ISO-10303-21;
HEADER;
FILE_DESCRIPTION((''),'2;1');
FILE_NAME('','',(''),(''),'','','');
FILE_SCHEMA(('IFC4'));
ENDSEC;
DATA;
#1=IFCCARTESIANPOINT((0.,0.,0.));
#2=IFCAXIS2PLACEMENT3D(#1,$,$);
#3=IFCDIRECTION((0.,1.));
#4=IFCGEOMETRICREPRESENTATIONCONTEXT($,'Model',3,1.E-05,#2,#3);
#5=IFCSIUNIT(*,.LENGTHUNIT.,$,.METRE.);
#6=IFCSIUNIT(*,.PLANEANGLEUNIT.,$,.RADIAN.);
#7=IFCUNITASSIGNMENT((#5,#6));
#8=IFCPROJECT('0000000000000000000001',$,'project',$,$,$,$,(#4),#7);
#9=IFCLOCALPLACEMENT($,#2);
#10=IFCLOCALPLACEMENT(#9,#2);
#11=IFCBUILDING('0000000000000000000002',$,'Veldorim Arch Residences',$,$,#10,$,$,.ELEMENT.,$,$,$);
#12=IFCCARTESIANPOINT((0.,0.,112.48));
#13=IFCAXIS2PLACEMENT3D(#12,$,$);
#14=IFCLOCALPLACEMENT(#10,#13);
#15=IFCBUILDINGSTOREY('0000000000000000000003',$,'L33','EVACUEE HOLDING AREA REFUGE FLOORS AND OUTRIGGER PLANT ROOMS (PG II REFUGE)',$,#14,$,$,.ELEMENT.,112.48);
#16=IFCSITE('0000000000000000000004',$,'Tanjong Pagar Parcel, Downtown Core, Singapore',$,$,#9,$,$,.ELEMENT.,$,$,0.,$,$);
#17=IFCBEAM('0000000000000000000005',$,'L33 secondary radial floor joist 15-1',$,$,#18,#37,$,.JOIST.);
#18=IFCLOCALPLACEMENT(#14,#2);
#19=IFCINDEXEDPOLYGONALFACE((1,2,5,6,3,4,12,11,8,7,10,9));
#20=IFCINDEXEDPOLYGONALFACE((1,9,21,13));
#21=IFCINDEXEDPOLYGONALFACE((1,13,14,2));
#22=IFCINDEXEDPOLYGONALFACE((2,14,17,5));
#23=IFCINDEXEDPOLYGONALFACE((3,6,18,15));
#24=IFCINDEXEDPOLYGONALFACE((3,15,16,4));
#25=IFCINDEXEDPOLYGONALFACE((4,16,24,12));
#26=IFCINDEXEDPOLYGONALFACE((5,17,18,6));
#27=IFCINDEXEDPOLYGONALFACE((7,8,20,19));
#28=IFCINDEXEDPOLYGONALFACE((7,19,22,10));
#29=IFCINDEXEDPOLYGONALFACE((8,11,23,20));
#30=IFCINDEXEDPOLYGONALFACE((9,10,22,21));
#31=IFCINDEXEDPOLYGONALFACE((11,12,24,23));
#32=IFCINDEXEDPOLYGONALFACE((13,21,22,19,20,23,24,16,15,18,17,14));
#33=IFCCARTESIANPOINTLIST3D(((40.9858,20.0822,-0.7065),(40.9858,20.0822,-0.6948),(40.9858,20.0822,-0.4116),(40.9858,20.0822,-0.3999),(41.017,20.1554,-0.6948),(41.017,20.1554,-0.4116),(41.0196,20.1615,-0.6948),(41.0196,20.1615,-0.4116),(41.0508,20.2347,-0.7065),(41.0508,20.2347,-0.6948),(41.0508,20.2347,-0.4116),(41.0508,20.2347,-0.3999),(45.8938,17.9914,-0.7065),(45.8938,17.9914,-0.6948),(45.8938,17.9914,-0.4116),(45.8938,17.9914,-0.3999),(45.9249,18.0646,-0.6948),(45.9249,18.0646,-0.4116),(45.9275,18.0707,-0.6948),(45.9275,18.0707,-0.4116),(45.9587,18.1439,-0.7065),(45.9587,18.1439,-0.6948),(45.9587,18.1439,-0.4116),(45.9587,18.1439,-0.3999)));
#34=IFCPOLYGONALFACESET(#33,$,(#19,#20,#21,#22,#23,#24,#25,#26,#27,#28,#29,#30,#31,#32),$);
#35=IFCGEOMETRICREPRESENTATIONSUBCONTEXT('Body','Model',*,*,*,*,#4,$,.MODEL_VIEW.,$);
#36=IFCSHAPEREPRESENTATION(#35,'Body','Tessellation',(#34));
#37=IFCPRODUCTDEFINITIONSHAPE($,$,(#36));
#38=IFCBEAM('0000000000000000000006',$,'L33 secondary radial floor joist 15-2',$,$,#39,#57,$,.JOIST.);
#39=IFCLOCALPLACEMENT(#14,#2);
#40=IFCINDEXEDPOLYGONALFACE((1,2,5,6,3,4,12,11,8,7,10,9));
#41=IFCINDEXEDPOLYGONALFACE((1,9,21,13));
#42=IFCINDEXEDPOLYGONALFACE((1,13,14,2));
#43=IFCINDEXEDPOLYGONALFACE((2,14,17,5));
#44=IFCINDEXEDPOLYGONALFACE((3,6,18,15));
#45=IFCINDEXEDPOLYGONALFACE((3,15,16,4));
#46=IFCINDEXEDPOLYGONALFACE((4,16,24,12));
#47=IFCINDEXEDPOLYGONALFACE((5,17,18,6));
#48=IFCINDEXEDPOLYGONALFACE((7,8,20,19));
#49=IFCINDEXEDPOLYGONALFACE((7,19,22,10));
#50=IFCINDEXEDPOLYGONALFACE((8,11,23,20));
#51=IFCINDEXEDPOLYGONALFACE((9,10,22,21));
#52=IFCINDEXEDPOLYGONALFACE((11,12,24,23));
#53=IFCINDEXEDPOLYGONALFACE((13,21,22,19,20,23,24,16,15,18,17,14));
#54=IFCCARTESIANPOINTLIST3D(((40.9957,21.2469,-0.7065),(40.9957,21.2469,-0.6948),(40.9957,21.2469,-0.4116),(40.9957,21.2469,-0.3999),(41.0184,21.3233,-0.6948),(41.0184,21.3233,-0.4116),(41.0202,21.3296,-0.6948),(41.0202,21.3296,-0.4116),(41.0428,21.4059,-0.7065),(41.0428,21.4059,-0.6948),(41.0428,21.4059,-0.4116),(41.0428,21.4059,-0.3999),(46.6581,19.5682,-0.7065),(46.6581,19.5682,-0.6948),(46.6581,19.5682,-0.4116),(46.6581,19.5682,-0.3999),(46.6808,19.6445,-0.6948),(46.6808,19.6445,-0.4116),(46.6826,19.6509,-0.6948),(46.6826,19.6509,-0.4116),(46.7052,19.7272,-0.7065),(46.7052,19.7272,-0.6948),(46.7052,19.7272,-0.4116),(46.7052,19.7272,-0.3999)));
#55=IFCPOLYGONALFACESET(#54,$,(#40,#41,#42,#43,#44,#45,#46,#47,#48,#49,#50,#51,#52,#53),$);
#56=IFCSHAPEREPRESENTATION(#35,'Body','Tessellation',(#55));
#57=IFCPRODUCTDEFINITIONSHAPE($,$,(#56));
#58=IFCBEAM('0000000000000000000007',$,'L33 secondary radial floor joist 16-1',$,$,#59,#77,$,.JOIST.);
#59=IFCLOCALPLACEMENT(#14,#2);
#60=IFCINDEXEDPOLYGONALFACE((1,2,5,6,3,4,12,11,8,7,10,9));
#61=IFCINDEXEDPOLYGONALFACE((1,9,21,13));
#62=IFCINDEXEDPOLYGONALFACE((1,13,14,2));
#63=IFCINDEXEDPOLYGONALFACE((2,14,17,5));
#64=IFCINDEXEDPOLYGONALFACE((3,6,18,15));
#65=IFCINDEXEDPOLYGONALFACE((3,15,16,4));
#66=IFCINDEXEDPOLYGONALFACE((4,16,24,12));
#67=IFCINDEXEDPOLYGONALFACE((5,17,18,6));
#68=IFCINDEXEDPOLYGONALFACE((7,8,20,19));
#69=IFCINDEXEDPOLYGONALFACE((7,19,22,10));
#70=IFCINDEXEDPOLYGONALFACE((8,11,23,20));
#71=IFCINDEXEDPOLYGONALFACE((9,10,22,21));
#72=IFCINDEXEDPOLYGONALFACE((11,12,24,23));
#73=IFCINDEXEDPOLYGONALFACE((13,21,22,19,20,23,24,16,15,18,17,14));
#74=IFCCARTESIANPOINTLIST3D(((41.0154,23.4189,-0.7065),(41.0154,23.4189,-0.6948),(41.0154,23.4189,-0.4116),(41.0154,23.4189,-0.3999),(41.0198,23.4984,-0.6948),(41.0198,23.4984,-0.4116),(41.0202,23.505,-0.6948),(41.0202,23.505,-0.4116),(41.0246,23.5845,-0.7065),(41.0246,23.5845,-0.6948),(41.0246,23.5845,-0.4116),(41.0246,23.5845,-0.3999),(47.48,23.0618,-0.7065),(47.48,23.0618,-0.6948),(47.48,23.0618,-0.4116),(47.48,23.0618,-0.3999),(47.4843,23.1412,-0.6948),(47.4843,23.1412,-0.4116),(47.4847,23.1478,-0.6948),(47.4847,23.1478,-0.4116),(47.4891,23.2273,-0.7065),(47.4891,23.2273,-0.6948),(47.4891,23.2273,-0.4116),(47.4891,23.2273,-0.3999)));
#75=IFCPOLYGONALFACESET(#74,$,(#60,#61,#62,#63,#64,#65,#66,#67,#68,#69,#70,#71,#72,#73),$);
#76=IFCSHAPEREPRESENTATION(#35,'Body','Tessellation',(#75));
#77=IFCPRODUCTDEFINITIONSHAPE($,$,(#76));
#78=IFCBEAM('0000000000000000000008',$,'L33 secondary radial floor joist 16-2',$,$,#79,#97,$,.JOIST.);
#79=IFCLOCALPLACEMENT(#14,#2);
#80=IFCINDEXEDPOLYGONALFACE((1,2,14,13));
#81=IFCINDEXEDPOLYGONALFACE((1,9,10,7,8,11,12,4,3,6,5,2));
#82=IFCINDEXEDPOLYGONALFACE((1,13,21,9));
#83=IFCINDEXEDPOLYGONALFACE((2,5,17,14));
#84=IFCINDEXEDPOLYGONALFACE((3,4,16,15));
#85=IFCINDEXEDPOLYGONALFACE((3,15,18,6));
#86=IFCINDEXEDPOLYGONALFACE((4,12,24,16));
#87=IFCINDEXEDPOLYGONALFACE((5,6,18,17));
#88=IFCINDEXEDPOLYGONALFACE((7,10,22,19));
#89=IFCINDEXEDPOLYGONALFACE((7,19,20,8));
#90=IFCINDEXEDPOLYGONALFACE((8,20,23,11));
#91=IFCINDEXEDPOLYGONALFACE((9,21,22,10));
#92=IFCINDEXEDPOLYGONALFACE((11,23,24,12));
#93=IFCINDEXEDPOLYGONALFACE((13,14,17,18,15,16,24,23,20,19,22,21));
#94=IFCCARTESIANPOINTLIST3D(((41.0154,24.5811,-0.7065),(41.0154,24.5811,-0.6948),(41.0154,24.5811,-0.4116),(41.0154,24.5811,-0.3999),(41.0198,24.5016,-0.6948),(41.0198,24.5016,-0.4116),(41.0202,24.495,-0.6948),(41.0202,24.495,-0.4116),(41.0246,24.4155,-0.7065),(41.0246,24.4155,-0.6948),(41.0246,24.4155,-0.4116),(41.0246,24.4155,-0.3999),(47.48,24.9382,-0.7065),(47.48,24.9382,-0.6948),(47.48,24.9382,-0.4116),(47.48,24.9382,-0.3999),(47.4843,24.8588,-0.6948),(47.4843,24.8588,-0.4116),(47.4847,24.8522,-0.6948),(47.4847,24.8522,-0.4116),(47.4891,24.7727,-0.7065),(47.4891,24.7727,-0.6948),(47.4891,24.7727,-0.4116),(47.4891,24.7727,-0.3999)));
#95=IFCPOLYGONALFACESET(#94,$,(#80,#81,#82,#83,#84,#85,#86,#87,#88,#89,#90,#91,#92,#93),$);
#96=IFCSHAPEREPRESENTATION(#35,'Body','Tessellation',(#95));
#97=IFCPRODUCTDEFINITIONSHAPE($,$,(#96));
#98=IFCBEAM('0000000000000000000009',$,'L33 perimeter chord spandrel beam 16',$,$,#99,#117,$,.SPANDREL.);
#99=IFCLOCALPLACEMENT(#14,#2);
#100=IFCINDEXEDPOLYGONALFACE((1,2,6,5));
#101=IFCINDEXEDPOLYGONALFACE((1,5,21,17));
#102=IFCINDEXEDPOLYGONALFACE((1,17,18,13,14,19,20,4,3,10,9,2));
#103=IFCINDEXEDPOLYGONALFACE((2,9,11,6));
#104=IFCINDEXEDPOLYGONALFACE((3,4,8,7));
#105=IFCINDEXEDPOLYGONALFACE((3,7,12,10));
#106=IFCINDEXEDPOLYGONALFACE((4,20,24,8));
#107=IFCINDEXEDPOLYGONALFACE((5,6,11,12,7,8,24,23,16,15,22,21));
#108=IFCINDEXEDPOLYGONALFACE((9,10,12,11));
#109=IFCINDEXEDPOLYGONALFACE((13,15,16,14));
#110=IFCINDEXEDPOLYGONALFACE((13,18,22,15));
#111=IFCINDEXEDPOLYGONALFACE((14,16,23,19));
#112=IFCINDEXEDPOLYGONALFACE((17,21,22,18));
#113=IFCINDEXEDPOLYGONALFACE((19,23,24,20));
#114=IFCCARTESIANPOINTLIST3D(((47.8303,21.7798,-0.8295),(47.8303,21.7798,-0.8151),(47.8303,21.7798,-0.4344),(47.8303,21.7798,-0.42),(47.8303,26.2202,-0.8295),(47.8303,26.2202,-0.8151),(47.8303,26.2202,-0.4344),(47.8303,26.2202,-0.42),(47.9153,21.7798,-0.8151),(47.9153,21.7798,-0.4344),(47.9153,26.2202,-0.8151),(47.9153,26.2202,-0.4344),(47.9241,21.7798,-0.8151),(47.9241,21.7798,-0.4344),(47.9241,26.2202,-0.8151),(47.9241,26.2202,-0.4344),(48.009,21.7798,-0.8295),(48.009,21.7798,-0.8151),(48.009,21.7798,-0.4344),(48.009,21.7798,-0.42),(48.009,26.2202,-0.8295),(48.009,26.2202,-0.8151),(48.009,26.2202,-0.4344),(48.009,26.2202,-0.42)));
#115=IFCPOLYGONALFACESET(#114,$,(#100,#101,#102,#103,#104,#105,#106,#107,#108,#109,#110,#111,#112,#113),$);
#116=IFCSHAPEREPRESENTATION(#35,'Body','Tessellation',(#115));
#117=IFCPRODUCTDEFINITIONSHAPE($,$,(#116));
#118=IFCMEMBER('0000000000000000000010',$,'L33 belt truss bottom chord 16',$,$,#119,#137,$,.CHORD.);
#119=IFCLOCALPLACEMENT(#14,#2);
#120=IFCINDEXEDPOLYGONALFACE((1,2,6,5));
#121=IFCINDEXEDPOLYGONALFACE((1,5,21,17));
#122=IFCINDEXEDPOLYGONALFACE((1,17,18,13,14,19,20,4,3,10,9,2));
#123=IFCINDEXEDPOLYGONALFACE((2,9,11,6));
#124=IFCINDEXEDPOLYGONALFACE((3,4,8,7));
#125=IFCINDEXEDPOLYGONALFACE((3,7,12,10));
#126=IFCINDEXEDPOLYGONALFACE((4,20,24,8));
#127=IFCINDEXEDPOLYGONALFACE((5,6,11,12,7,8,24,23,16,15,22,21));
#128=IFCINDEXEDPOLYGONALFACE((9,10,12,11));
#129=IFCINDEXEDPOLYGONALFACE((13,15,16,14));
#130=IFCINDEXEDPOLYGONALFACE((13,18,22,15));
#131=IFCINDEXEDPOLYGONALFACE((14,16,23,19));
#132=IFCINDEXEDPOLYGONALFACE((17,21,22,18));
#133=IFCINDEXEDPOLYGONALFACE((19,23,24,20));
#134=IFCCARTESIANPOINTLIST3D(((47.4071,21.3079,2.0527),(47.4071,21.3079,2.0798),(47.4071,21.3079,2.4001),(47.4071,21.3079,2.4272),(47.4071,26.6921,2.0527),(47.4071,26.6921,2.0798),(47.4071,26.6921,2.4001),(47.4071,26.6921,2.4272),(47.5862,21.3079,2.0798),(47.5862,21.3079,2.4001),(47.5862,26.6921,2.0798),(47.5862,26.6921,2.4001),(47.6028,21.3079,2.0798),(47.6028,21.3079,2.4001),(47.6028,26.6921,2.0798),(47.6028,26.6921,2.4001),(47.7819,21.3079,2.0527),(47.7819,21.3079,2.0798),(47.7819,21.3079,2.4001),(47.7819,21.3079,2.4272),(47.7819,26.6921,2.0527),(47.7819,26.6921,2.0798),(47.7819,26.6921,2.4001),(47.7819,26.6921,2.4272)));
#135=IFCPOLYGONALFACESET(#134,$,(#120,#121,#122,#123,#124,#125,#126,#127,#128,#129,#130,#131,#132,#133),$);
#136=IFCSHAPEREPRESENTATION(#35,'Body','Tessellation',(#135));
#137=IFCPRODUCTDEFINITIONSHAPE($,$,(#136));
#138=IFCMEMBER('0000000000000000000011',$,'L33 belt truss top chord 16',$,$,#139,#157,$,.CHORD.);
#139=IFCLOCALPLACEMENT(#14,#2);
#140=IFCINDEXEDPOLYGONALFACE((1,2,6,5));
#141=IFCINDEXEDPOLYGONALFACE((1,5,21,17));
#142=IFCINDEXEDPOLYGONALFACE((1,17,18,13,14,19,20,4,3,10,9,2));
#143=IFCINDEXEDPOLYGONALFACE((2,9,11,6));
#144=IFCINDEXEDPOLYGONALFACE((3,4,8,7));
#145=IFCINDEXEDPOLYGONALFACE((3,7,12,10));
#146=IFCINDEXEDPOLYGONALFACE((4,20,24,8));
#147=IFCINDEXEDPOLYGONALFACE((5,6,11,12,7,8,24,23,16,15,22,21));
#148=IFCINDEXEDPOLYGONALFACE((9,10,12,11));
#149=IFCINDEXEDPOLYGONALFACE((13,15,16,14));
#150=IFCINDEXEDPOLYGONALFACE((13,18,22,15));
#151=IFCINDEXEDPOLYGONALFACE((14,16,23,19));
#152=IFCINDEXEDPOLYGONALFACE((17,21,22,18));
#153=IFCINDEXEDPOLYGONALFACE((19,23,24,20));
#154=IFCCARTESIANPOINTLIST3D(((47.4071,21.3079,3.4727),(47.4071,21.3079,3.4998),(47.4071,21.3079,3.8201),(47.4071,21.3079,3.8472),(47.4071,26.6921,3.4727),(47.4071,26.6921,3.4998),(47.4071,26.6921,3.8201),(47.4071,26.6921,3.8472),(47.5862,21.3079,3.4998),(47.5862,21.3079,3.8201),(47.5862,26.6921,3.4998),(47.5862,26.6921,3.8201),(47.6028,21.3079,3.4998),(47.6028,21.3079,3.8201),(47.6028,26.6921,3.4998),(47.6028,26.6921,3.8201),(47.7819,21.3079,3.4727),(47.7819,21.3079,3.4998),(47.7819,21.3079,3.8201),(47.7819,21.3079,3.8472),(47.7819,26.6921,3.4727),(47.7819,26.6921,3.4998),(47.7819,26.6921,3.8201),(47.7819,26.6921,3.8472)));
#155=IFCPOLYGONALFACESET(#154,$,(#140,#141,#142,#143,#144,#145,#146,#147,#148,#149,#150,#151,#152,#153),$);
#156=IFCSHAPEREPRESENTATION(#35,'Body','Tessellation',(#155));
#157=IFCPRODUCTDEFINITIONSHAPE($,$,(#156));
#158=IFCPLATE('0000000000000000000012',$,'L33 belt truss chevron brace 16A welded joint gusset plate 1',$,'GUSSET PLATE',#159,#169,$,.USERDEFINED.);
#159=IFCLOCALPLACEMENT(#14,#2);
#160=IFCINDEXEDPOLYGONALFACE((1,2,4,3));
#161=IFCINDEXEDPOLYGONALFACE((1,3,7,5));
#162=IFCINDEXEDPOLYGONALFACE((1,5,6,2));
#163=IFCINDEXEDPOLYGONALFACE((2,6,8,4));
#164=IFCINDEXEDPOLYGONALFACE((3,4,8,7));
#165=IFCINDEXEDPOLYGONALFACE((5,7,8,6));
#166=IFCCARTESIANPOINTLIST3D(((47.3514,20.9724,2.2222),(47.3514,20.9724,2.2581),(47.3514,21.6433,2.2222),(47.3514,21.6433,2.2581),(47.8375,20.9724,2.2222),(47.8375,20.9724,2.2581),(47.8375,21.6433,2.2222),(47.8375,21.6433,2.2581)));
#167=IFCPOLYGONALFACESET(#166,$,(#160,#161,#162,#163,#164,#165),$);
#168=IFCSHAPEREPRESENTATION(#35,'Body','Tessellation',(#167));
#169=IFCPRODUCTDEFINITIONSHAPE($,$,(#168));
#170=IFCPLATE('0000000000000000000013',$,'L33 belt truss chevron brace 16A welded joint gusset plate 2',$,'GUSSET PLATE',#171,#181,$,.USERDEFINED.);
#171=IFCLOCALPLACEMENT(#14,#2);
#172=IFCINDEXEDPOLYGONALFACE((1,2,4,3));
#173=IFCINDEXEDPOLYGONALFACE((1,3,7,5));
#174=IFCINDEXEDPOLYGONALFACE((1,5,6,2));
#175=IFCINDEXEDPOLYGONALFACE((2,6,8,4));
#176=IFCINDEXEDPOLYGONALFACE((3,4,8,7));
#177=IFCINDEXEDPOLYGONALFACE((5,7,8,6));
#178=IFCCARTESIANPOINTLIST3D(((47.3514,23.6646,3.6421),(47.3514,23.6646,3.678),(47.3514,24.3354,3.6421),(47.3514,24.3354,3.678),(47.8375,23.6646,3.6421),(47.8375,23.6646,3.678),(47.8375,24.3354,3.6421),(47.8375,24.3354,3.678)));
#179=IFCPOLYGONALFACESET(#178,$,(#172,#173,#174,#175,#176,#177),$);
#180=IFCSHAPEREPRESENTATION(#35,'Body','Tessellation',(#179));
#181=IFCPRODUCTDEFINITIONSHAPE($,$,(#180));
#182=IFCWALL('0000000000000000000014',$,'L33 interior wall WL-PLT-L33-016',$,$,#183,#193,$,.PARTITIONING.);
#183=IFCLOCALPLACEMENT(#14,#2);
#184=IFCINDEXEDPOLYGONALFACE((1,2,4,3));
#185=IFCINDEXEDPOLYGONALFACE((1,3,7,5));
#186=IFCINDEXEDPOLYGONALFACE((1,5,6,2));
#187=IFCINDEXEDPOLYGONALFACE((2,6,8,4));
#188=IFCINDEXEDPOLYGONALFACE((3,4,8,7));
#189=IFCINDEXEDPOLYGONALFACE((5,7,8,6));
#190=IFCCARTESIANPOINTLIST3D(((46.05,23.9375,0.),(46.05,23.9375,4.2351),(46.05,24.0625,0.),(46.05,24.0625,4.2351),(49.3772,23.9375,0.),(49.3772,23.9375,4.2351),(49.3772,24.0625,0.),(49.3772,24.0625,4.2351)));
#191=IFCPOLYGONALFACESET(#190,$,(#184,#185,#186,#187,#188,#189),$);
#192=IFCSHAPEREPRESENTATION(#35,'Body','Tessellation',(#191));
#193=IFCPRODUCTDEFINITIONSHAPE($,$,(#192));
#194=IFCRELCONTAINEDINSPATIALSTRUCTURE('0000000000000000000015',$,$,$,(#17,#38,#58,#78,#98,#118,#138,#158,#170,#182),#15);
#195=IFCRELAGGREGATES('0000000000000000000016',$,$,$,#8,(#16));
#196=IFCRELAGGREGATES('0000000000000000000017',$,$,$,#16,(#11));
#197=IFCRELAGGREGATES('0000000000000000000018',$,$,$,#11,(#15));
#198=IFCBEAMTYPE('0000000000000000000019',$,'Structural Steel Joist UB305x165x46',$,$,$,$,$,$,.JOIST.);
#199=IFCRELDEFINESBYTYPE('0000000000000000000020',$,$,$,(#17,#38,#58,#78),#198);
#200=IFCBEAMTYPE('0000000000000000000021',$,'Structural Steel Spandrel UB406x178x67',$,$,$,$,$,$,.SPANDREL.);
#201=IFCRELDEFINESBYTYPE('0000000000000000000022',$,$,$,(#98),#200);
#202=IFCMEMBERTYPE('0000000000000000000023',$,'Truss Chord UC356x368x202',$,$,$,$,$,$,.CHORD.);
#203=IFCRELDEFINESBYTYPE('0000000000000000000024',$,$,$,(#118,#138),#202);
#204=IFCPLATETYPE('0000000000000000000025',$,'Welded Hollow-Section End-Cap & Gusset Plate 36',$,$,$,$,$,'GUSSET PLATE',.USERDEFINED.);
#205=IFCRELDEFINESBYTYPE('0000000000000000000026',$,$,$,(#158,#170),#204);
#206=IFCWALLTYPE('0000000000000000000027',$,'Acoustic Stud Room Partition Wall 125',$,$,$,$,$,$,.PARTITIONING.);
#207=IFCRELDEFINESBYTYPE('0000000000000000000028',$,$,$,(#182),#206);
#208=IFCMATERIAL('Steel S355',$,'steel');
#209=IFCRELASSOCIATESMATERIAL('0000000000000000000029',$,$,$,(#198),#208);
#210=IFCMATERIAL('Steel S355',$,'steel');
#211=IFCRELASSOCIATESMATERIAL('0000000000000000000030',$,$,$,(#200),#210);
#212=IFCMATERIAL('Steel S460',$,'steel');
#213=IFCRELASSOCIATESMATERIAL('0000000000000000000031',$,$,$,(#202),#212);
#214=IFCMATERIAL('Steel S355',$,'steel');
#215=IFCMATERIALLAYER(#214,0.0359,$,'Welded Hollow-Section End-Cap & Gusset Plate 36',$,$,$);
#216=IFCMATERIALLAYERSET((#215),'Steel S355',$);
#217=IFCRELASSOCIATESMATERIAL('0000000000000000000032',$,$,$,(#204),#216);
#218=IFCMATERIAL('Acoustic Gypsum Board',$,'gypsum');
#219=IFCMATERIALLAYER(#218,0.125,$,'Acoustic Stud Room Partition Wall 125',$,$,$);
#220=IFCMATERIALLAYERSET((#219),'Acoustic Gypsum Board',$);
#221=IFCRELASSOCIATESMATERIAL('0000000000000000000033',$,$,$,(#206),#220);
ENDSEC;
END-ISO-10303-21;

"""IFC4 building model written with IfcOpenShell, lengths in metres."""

from ifc_helpers import new_model, si_unit, direction, frame, frame_2d, origin, origin_2d, place, context, subcontext, project, spatial, rectangle, i_section, extrude, material, layer, layer_set, material_profile, profile_set, type_object, element, save


model = new_model("IFC4")

# Units and contexts
model_context = context("Model", 3, precision=1e-05, world=origin(), true_north=direction((0.0, 1.0)))
body_context = subcontext(model_context, "Body", "Model", "MODEL_VIEW")
ifc_project = project(units=[si_unit("LENGTHUNIT", "METRE"), si_unit("PLANEANGLEUNIT", "RADIAN")], contexts=[model_context])

# Site, building, storey
site_placement = place(None, origin())
site = spatial("IfcSite", under=ifc_project, at=site_placement, Name="Tanjong Pagar Parcel, Downtown Core, Singapore", CompositionType="ELEMENT", RefElevation=0.0)
building_placement = place(site_placement, origin())
building = spatial("IfcBuilding", under=site, at=building_placement, Name="Veldorim Arch Residences", CompositionType="ELEMENT")
storey_placement = place(building_placement, frame((0.0, 0.0, 112.48)))
storey = spatial("IfcBuildingStorey", under=building, at=storey_placement, Name="L33", Description="EVACUEE HOLDING AREA REFUGE FLOORS AND OUTRIGGER PLANT ROOMS (PG II REFUGE)", CompositionType="ELEMENT", Elevation=112.48)

# Beams
ifc_material_1 = material(Name="Steel S355", Category="steel")
ifc_material_profile_1 = material_profile(ifc_material_1, i_section(OverallWidth=0.1658, OverallDepth=0.3066, WebThickness=0.0066, FlangeThickness=0.0117, at=origin_2d()), Name="UB305x165x46")
ifc_profile_set_1 = profile_set([ifc_material_profile_1], Name="Steel S355")
beam_type_1 = type_object("IfcBeamType", Name="Structural Steel Joist UB305x165x46", PredefinedType="JOIST", material=ifc_profile_set_1)
beam_1_placement = place(storey_placement, frame((41.0183, 20.1584, -0.5532), z_axis=(0.919997, -0.391924, 0.0), x_axis=(0.391924, 0.919997, 0.0)))
element("IfcBeam", 1, at=beam_1_placement, inside=storey, type_object=beam_type_1, Name="L33 secondary radial floor joist 15-1", PredefinedType="JOIST", context=body_context, shape_type="SweptSolid", body=[
    extrude(i_section(OverallWidth=0.1658, OverallDepth=0.3066, WebThickness=0.0066, FlangeThickness=0.0117, at=origin_2d()), origin(), (0.0, 0.0, 1.0), 5.3347),
])
beam_2_placement = place(storey_placement, frame((41.0193, 21.3264, -0.5532), z_axis=(0.958753, -0.28424, 0.0), x_axis=(0.28424, 0.958753, 0.0)))
element("IfcBeam", 2, at=beam_2_placement, inside=storey, type_object=beam_type_1, Name="L33 secondary radial floor joist 15-2", PredefinedType="JOIST", context=body_context, shape_type="SweptSolid", body=[
    extrude(i_section(OverallWidth=0.1658, OverallDepth=0.3066, WebThickness=0.0066, FlangeThickness=0.0117, at=origin_2d()), origin(), (0.0, 0.0, 1.0), 5.906),
])
for number, where, z_axis, x_axis, name in (
    (3, (41.02, 23.5017, -0.5532), (0.998477, -0.055167, 0.0), (0.055167, 0.998477, 0.0), "L33 secondary radial floor joist 16-1"),
    (4, (41.02, 24.4983, -0.5532), (0.998477, 0.055167, 0.0), (-0.055167, 0.998477, 0.0), "L33 secondary radial floor joist 16-2"),
):
    element("IfcBeam", number, at=place(storey_placement, frame(where, z_axis=z_axis, x_axis=x_axis)), inside=storey, type_object=beam_type_1, Name=name, PredefinedType="JOIST", context=body_context, shape_type="SweptSolid", body=[
        extrude(i_section(OverallWidth=0.1658, OverallDepth=0.3066, WebThickness=0.0066, FlangeThickness=0.0117, at=origin_2d()), origin(), (0.0, 0.0, 1.0), 6.4744),
    ])
ifc_material_2 = material(Name="Steel S355", Category="steel")
ifc_material_profile_2 = material_profile(ifc_material_2, i_section(OverallWidth=0.1787, OverallDepth=0.4094, WebThickness=0.0088, FlangeThickness=0.0144, at=origin_2d()), Name="UB406x178x67")
ifc_profile_set_2 = profile_set([ifc_material_profile_2], Name="Steel S355")
beam_type_2 = type_object("IfcBeamType", Name="Structural Steel Spandrel UB406x178x67", PredefinedType="SPANDREL", material=ifc_profile_set_2)
beam_3_placement = place(storey_placement, frame((47.9197, 21.7798, -0.6248), z_axis=(0.0, 1.0, 0.0), x_axis=(-1.0, 0.0, 0.0)))
element("IfcBeam", 5, at=beam_3_placement, inside=storey, type_object=beam_type_2, Name="L33 perimeter chord spandrel beam 16", PredefinedType="SPANDREL", context=body_context, shape_type="SweptSolid", body=[
    extrude(i_section(OverallWidth=0.1787, OverallDepth=0.4094, WebThickness=0.0088, FlangeThickness=0.0144, at=origin_2d()), origin(), (0.0, 0.0, 1.0), 4.4404),
])

# Members
ifc_material_3 = material(Name="Steel S460", Category="steel")
ifc_material_profile_3 = material_profile(ifc_material_3, i_section(OverallWidth=0.3748, OverallDepth=0.3745, WebThickness=0.0166, FlangeThickness=0.0271, at=origin_2d()), Name="UC356x368x202")
ifc_profile_set_3 = profile_set([ifc_material_profile_3], Name="Steel S460")
member_type_1 = type_object("IfcMemberType", Name="Truss Chord UC356x368x202", PredefinedType="CHORD", material=ifc_profile_set_3)
for number, where, z_axis, x_axis, name in (
    (6, (47.5945, 21.3079, 2.24), (0.0, 1.0, 0.0), (-1.0, 0.0, 0.0), "L33 belt truss bottom chord 16"),
    (7, (47.5945, 21.3079, 3.6599), (0.0, 1.0, 0.0), (-1.0, 0.0, 0.0), "L33 belt truss top chord 16"),
):
    element("IfcMember", number, at=place(storey_placement, frame(where, z_axis=z_axis, x_axis=x_axis)), inside=storey, type_object=member_type_1, Name=name, PredefinedType="CHORD", context=body_context, shape_type="SweptSolid", body=[
        extrude(i_section(OverallWidth=0.3748, OverallDepth=0.3745, WebThickness=0.0166, FlangeThickness=0.0271, at=origin_2d()), origin(), (0.0, 0.0, 1.0), 5.3843),
    ])

# Plates
ifc_material_4 = material(Name="Steel S355", Category="steel")
ifc_layer_1 = layer(ifc_material_4, 0.0359, Name="Welded Hollow-Section End-Cap & Gusset Plate 36")
ifc_layer_set_1 = layer_set([ifc_layer_1], Name="Steel S355")
plate_type = type_object("IfcPlateType", Name="Welded Hollow-Section End-Cap & Gusset Plate 36", ElementType="GUSSET PLATE", PredefinedType="USERDEFINED", material=ifc_layer_set_1)
for number, where, z_axis, x_axis, name in (
    (8, (47.5945, 21.3079, 2.2222), (0.0, 0.0, 1.0), (0.0, 1.0, 0.0), "L33 belt truss chevron brace 16A welded joint gusset plate 1"),
    (9, (47.5945, 24.0, 3.6421), (0.0, 0.0, 1.0), (0.0, 1.0, 0.0), "L33 belt truss chevron brace 16A welded joint gusset plate 2"),
):
    element("IfcPlate", number, at=place(storey_placement, frame(where, z_axis=z_axis, x_axis=x_axis)), inside=storey, type_object=plate_type, Name=name, ObjectType="GUSSET PLATE", PredefinedType="USERDEFINED", context=body_context, shape_type="SweptSolid", body=[
        extrude(rectangle(XDim=0.6709, YDim=0.4861, at=origin_2d()), origin(), (0.0, 0.0, 1.0), 0.0359),
    ])

# Wall
ifc_material_5 = material(Name="Acoustic Gypsum Board", Category="gypsum")
ifc_layer_2 = layer(ifc_material_5, 0.125, Name="Acoustic Stud Room Partition Wall 125")
ifc_layer_set_2 = layer_set([ifc_layer_2], Name="Acoustic Gypsum Board")
wall_type_1 = type_object("IfcWallType", Name="Acoustic Stud Room Partition Wall 125", PredefinedType="PARTITIONING", material=ifc_layer_set_2)
wall_1_placement = place(storey_placement, frame((46.05, 24.0, 0.0), z_axis=(0.0, 0.0, 1.0), x_axis=(1.0, 0.0, 0.0)))
element("IfcWall", 10, at=wall_1_placement, inside=storey, type_object=wall_type_1, Name="L33 interior wall WL-PLT-L33-016", PredefinedType="PARTITIONING", context=body_context, shape_type="SweptSolid", body=[
    extrude(rectangle(XDim=3.3271, YDim=0.125, at=frame_2d((1.6636, 0.0))), origin(), (0.0, 0.0, 1.0), 4.2351),
])

save(model, "model.ifc")
